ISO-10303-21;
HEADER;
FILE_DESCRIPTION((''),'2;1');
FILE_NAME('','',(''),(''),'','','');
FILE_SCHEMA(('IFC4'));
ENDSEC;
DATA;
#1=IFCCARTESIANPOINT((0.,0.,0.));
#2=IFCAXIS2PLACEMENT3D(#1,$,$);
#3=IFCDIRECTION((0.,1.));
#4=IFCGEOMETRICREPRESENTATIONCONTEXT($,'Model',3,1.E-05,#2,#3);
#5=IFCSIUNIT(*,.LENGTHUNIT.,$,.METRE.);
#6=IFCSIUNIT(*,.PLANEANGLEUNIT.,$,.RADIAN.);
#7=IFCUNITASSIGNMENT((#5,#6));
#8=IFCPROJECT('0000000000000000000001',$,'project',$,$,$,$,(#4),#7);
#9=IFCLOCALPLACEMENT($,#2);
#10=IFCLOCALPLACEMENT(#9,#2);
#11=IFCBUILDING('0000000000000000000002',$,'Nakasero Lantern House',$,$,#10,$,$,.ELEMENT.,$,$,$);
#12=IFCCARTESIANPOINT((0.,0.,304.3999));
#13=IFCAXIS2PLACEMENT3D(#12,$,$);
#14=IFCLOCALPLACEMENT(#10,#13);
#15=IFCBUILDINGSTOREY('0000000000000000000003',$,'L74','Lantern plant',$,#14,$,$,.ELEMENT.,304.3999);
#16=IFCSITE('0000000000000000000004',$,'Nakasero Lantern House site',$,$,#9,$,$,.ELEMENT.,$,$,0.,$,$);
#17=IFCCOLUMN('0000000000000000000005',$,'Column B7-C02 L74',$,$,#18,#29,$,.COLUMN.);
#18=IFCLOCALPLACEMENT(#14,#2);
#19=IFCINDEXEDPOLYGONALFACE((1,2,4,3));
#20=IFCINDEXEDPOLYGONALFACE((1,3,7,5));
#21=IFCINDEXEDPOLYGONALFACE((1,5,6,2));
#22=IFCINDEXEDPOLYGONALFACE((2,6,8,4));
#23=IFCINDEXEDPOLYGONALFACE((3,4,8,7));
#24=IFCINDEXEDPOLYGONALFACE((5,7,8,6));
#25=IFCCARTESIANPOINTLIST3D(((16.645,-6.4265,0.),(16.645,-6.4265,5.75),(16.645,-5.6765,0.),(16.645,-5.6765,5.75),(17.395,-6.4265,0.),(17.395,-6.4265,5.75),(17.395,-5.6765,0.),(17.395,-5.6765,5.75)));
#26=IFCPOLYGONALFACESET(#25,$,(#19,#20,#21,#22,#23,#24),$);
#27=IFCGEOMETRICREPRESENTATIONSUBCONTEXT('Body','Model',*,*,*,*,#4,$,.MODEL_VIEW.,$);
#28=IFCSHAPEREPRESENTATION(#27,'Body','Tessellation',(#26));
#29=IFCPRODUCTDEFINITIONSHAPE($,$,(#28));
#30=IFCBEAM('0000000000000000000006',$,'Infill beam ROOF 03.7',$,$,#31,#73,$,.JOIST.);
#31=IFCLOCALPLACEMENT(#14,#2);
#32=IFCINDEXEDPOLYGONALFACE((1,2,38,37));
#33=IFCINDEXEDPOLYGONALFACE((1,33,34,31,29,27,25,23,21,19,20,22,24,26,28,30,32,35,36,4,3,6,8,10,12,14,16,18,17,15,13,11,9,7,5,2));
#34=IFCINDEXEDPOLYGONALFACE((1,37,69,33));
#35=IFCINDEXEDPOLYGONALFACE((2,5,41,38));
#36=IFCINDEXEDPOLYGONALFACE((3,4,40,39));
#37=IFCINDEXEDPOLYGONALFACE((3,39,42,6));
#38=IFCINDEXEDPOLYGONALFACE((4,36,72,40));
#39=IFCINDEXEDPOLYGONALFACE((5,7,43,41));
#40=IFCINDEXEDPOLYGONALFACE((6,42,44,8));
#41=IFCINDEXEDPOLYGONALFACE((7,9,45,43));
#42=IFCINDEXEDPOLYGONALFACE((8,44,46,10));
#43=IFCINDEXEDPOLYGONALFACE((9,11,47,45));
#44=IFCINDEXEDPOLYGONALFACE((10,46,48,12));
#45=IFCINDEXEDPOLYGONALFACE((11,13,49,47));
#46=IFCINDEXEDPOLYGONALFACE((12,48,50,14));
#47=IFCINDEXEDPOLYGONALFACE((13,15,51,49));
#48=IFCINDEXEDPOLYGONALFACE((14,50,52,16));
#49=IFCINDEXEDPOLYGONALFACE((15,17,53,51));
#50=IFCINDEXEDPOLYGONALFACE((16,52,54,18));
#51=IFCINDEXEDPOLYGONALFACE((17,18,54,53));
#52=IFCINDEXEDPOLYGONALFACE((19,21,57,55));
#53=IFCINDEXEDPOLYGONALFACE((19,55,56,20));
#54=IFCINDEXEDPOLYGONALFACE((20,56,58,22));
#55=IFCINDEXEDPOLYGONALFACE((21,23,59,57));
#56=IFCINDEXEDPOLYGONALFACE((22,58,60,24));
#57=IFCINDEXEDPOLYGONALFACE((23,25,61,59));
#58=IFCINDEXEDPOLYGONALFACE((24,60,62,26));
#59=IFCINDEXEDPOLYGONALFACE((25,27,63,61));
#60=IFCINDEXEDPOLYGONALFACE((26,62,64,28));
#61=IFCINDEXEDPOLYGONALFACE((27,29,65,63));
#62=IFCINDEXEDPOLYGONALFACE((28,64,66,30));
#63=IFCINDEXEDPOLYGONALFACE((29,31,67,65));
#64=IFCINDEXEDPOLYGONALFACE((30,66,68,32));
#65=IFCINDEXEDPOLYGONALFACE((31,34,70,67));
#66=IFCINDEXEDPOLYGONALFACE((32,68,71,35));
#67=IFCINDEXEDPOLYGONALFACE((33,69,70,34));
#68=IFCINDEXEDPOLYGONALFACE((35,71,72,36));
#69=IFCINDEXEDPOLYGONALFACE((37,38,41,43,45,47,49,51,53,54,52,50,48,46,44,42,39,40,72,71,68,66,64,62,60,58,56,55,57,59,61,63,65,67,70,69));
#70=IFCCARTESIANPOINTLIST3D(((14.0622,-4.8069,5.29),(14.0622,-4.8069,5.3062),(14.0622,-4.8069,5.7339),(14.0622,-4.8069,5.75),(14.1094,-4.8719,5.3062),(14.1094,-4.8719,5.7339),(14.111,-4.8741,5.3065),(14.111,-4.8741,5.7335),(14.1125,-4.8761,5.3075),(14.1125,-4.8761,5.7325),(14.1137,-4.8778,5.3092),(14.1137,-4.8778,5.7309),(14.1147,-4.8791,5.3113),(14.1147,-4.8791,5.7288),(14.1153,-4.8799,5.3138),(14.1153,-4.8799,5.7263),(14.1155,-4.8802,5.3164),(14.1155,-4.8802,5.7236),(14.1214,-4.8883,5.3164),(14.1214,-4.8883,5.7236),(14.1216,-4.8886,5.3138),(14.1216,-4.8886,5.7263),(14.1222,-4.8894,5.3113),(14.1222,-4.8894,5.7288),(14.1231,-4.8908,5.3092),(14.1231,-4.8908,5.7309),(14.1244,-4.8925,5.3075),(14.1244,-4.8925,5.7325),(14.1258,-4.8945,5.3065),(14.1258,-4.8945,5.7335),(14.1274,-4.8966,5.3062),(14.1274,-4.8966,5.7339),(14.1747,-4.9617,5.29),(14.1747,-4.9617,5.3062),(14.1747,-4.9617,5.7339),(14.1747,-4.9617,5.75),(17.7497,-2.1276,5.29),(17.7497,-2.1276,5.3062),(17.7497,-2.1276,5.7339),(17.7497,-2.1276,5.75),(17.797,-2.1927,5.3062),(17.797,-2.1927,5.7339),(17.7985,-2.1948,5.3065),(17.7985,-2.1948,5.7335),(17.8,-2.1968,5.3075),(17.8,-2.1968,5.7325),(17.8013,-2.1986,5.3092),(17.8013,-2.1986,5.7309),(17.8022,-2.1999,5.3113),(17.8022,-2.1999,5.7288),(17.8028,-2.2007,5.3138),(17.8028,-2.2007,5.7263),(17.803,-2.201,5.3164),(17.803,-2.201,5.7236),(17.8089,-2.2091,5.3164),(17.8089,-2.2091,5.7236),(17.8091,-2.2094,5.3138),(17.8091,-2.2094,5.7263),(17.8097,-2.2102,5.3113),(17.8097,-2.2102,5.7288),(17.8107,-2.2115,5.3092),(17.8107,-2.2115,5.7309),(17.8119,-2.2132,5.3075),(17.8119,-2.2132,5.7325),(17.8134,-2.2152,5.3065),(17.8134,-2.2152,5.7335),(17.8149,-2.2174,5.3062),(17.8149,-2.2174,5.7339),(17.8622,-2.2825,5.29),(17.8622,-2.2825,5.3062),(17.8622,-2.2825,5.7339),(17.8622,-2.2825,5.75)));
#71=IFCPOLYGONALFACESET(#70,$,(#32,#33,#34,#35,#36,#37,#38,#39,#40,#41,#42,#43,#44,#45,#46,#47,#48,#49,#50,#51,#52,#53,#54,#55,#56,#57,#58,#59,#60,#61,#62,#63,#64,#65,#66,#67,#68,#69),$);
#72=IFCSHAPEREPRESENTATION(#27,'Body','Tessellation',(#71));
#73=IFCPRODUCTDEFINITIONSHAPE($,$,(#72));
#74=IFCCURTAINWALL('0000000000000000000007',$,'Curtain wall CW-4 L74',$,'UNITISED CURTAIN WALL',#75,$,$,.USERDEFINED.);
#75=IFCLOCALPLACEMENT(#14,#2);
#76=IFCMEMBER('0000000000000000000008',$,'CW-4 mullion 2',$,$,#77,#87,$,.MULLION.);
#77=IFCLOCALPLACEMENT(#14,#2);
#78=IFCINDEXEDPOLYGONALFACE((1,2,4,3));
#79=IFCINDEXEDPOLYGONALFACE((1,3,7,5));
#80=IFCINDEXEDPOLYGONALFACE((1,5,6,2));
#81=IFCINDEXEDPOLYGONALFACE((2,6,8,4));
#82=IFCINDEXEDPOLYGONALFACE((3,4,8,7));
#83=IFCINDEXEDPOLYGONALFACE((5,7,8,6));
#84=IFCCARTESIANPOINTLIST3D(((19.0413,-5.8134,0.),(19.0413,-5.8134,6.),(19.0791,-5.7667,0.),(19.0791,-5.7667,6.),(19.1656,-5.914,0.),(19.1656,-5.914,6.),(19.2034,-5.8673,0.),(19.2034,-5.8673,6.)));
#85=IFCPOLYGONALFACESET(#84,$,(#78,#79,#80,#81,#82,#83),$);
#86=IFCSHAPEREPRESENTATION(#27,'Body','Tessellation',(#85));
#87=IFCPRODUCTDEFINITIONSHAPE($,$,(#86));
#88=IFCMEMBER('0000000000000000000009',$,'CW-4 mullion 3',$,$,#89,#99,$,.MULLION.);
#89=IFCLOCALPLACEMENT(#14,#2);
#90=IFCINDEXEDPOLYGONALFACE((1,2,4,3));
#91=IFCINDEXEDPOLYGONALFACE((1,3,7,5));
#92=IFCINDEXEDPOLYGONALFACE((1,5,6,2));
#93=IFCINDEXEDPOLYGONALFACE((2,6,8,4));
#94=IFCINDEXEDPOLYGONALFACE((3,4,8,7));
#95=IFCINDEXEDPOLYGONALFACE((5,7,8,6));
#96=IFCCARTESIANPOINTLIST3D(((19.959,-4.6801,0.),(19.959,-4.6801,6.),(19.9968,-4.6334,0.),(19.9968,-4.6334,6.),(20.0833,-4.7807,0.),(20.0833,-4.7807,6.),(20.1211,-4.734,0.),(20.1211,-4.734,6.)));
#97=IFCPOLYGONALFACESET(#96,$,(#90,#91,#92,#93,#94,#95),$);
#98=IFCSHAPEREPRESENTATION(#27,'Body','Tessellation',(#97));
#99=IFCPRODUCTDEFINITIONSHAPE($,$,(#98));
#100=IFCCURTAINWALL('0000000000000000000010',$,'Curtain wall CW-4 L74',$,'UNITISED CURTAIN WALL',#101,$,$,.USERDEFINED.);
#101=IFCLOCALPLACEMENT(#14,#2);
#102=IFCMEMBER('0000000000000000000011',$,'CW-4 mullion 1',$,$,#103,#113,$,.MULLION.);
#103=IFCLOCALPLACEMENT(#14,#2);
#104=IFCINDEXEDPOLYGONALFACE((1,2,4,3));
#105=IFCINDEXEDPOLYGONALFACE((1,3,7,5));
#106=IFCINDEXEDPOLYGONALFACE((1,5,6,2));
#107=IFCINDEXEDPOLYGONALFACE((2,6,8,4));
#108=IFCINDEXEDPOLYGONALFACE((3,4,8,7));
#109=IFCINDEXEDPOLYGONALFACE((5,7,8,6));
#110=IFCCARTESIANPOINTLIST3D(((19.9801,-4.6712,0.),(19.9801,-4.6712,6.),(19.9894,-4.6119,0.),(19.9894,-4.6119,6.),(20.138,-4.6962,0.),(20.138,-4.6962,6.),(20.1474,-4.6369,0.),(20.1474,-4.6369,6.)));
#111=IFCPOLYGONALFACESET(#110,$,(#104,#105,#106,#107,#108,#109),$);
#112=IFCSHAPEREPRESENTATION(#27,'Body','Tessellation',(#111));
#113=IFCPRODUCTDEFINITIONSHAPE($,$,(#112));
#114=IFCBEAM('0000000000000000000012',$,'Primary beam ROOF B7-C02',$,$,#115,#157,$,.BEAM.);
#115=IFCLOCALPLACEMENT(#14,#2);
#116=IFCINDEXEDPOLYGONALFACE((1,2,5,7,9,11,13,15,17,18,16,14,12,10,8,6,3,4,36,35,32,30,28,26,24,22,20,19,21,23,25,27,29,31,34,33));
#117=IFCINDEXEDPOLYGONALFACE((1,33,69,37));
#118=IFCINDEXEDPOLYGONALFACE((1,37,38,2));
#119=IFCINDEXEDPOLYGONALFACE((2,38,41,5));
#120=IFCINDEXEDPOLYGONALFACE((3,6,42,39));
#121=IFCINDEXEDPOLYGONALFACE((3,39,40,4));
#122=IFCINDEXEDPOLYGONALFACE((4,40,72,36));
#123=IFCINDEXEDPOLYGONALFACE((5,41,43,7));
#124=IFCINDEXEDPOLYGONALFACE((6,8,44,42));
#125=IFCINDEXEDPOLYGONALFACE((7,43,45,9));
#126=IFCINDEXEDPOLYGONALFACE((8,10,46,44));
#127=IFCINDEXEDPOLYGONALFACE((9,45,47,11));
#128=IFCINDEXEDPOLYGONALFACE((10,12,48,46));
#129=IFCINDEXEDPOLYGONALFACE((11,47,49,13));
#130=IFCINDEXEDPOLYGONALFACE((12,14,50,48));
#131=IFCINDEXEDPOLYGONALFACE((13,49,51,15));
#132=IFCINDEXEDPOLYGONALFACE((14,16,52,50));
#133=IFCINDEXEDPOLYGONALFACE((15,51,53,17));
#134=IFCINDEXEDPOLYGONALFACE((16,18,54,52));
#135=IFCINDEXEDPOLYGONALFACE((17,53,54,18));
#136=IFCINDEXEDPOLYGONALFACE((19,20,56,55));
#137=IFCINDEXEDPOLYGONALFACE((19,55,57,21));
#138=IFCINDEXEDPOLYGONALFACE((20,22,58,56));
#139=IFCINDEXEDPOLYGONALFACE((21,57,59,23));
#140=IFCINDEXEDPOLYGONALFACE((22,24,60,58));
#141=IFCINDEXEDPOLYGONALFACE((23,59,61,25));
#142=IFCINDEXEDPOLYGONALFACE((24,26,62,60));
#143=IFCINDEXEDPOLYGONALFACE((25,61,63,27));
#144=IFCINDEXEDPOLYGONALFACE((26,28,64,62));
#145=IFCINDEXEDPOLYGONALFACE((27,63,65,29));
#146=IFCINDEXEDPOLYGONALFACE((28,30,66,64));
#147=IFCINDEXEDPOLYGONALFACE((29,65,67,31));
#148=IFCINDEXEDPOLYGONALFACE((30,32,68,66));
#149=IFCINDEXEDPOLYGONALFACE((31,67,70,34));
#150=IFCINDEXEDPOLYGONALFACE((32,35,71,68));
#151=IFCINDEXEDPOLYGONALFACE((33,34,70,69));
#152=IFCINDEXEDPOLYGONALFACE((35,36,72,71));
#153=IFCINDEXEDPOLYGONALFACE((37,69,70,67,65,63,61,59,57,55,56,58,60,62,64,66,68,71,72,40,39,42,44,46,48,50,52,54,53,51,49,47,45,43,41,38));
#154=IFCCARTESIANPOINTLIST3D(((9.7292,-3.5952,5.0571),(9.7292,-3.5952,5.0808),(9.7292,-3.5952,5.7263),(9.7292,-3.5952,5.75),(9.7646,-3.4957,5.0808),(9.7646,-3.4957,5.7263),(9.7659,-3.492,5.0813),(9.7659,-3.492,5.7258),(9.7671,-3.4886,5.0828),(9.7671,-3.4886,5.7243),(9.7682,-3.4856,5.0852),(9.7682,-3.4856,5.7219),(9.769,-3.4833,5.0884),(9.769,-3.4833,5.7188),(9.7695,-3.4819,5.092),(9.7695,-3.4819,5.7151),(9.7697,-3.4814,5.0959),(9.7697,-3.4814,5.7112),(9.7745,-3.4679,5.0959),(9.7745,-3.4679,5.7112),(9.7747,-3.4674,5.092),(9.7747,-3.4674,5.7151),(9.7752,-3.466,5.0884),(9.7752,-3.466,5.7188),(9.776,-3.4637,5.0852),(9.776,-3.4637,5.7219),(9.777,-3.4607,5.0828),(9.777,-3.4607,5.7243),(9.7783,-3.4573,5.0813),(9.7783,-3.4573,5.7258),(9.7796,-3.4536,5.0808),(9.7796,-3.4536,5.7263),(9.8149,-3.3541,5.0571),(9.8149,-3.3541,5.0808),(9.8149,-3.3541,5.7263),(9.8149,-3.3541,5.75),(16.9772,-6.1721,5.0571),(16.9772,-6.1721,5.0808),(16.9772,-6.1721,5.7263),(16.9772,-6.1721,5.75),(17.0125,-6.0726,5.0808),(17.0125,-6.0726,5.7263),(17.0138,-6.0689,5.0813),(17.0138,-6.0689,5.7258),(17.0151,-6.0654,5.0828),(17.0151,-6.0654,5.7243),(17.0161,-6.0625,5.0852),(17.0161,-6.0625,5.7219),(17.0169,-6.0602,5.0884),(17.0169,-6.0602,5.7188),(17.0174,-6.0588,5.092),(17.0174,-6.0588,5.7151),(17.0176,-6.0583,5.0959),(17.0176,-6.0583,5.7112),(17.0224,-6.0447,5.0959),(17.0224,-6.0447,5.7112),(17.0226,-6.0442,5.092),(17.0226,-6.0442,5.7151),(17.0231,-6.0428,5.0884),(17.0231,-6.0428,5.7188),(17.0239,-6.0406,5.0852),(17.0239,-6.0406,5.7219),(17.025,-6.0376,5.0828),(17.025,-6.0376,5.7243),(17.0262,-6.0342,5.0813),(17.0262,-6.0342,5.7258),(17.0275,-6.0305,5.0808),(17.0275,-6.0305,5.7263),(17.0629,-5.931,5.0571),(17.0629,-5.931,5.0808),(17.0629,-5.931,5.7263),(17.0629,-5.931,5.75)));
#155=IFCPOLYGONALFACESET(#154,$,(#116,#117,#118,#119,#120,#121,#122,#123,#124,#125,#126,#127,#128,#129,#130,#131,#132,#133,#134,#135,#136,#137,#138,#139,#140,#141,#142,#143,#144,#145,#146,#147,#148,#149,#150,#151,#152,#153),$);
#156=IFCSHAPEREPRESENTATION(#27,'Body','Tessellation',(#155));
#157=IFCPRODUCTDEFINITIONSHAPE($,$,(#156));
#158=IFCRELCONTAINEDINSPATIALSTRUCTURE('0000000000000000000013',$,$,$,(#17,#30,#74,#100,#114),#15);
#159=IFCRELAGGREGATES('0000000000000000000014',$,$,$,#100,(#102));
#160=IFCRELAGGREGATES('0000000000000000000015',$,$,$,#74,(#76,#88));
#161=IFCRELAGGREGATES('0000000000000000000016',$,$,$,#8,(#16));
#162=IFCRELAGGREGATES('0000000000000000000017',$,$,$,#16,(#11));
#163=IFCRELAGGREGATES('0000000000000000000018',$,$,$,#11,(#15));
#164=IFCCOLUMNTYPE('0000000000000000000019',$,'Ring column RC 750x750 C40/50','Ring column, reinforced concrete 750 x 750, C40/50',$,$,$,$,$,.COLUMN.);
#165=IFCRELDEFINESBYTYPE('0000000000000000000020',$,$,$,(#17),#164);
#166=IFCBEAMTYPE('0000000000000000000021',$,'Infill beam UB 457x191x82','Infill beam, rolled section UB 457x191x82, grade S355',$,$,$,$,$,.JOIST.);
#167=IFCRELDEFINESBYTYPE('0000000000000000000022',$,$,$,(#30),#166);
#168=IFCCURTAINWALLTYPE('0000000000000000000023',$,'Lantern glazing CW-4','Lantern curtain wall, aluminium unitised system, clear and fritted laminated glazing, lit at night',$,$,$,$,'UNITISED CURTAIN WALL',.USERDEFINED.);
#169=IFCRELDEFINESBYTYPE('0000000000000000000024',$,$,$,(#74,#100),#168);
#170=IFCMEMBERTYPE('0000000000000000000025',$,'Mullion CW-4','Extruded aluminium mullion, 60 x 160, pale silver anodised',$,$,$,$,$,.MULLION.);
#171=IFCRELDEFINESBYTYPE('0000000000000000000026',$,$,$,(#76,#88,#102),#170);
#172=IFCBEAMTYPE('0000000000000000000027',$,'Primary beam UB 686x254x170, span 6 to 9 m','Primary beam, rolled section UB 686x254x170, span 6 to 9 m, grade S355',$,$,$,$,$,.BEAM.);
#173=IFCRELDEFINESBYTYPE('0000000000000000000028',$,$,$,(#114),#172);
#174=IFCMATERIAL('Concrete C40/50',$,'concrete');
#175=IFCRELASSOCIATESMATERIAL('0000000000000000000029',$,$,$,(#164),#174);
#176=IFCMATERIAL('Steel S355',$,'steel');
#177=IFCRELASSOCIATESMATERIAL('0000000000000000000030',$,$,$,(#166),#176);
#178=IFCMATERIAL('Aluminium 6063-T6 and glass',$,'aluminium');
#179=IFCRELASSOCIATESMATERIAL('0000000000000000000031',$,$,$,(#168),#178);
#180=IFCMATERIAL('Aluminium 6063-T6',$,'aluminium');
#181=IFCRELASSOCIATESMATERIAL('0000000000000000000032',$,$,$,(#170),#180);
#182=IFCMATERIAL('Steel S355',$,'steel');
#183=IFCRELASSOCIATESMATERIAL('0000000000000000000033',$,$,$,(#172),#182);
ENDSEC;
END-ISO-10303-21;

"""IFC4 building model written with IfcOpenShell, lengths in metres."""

from ifc_helpers import new_model, si_unit, direction, frame, origin, origin_2d, place, context, subcontext, project, spatial, rectangle, i_section, extrude, material, material_profile, profile_set, type_object, element, aggregate, save


model = new_model("IFC4")

# Units and contexts
model_context = context("Model", 3, precision=1e-05, world=origin(), true_north=direction((0.0, 1.0)))
body_context = subcontext(model_context, "Body", "Model", "MODEL_VIEW")
ifc_project = project(units=[si_unit("LENGTHUNIT", "METRE"), si_unit("PLANEANGLEUNIT", "RADIAN")], contexts=[model_context])

# Site, building, storey
site_placement = place(None, origin())
site = spatial("IfcSite", under=ifc_project, at=site_placement, Name="Nakasero Lantern House site", CompositionType="ELEMENT", RefElevation=0.0)
building_placement = place(site_placement, origin())
building = spatial("IfcBuilding", under=site, at=building_placement, Name="Nakasero Lantern House", CompositionType="ELEMENT")
storey_placement = place(building_placement, frame((0.0, 0.0, 304.3999)))
storey = spatial("IfcBuildingStorey", under=building, at=storey_placement, Name="L74", Description="Lantern plant", CompositionType="ELEMENT", Elevation=304.3999)

# Column
ifc_material_1 = material(Name="Concrete C40/50", Category="concrete")
ifc_material_profile_1 = material_profile(ifc_material_1, rectangle(XDim=0.75, YDim=0.75, at=origin_2d()), Name="RC 750x750")
ifc_profile_set_1 = profile_set([ifc_material_profile_1], Name="Concrete C40/50")
column_type = type_object("IfcColumnType", Name="Ring column RC 750x750 C40/50", Description="Ring column, reinforced concrete 750 x 750, C40/50", PredefinedType="COLUMN", material=ifc_profile_set_1)
column_placement = place(storey_placement, frame((17.02, -6.0515, 0.0), z_axis=(0.0, 0.0, 1.0), x_axis=(1.0, 0.0, 0.0)))
element("IfcColumn", 1, at=column_placement, inside=storey, type_object=column_type, Name="Column B7-C02 L74", PredefinedType="COLUMN", context=body_context, shape_type="SweptSolid", body=[
    extrude(rectangle(XDim=0.75, YDim=0.75, at=origin_2d()), origin(), (0.0, 0.0, 1.0), 5.75),
])

# Beam
ifc_material_2 = material(Name="Steel S355", Category="steel")
ifc_material_profile_2 = material_profile(ifc_material_2, i_section(OverallWidth=0.1914, OverallDepth=0.46, WebThickness=0.01, FlangeThickness=0.0161, FilletRadius=0.0103, at=origin_2d()), Name="UB 457x191x82")
ifc_profile_set_2 = profile_set([ifc_material_profile_2], Name="Steel S355")
beam_type_1 = type_object("IfcBeamType", Name="Infill beam UB 457x191x82", Description="Infill beam, rolled section UB 457x191x82, grade S355", PredefinedType="JOIST", material=ifc_profile_set_2)
beam_1_placement = place(storey_placement, frame((14.1184, -4.8843, 5.52), z_axis=(0.809009, 0.587796, 0.0), x_axis=(-0.587796, 0.809009, 0.0)))
element("IfcBeam", 2, at=beam_1_placement, inside=storey, type_object=beam_type_1, Name="Infill beam ROOF 03.7", PredefinedType="JOIST", context=body_context, shape_type="SweptSolid", body=[
    extrude(i_section(OverallWidth=0.1914, OverallDepth=0.46, WebThickness=0.01, FlangeThickness=0.0161, FilletRadius=0.0103, at=origin_2d()), origin(), (0.0, 0.0, 1.0), 4.5581),
])

# Curtain wall, members
ifc_material_3 = material(Name="Aluminium 6063-T6 and glass", Category="aluminium")
curtain_wall_type = type_object("IfcCurtainWallType", Name="Lantern glazing CW-4", Description="Lantern curtain wall, aluminium unitised system, clear and fritted laminated glazing, lit at night", ElementType="UNITISED CURTAIN WALL", PredefinedType="USERDEFINED", material=ifc_material_3)
curtain_wall_1_placement = place(storey_placement, origin())
curtain_wall_1 = element("IfcCurtainWall", 3, at=curtain_wall_1_placement, inside=storey, type_object=curtain_wall_type, Name="Curtain wall CW-4 L74", ObjectType="UNITISED CURTAIN WALL", PredefinedType="USERDEFINED")
ifc_material_4 = material(Name="Aluminium 6063-T6", Category="aluminium")
ifc_material_profile_3 = material_profile(ifc_material_4, rectangle(XDim=0.0601, YDim=0.1599, at=origin_2d()), Name="CW-4 mullion 60x160")
ifc_profile_set_3 = profile_set([ifc_material_profile_3], Name="Aluminium 6063-T6")
member_type_1 = type_object("IfcMemberType", Name="Mullion CW-4", Description="Extruded aluminium mullion, 60 x 160, pale silver anodised", PredefinedType="MULLION", material=ifc_profile_set_3)
member_1_placement = place(storey_placement, frame((19.1223, -5.8403, 0.0), z_axis=(0.0, 0.0, 1.0), x_axis=(0.62932, 0.777146, 0.0)))
member_1 = element("IfcMember", 4, at=member_1_placement, type_object=member_type_1, Name="CW-4 mullion 2", PredefinedType="MULLION", context=body_context, shape_type="SweptSolid", body=[
    extrude(rectangle(XDim=0.0601, YDim=0.1599, at=origin_2d()), origin(), (0.0, 0.0, 1.0), 6.0),
])
member_2_placement = place(storey_placement, frame((20.04, -4.707, 0.0), z_axis=(0.0, 0.0, 1.0), x_axis=(0.62932, 0.777146, 0.0)))
member_2 = element("IfcMember", 5, at=member_2_placement, type_object=member_type_1, Name="CW-4 mullion 3", PredefinedType="MULLION", context=body_context, shape_type="SweptSolid", body=[
    extrude(rectangle(XDim=0.0601, YDim=0.1599, at=origin_2d()), origin(), (0.0, 0.0, 1.0), 6.0),
])

# Curtain wall, member
curtain_wall_2_placement = place(storey_placement, origin())
curtain_wall_2 = element("IfcCurtainWall", 6, at=curtain_wall_2_placement, inside=storey, type_object=curtain_wall_type, Name="Curtain wall CW-4 L74", ObjectType="UNITISED CURTAIN WALL", PredefinedType="USERDEFINED")
member_3_placement = place(storey_placement, frame((20.0637, -4.6541, 0.0), z_axis=(0.0, 0.0, 1.0), x_axis=(0.156434, 0.987688, 0.0)))
member_3 = element("IfcMember", 7, at=member_3_placement, type_object=member_type_1, Name="CW-4 mullion 1", PredefinedType="MULLION", context=body_context, shape_type="SweptSolid", body=[
    extrude(rectangle(XDim=0.0601, YDim=0.1599, at=origin_2d()), origin(), (0.0, 0.0, 1.0), 6.0),
])

# Beam
ifc_material_5 = material(Name="Steel S355", Category="steel")
ifc_material_profile_4 = material_profile(ifc_material_5, i_section(OverallWidth=0.2559, OverallDepth=0.6929, WebThickness=0.0144, FlangeThickness=0.0237, FilletRadius=0.0151, at=origin_2d()), Name="UB 686x254x170")
ifc_profile_set_4 = profile_set([ifc_material_profile_4], Name="Steel S355")
beam_type_2 = type_object("IfcBeamType", Name="Primary beam UB 686x254x170, span 6 to 9 m", Description="Primary beam, rolled section UB 686x254x170, span 6 to 9 m, grade S355", PredefinedType="BEAM", material=ifc_profile_set_4)
beam_2_placement = place(storey_placement, frame((17.02, -6.0515, 5.4036), z_axis=(-0.942222, 0.334989, 0.0), x_axis=(-0.334989, -0.942222, 0.0)))
element("IfcBeam", 8, at=beam_2_placement, inside=storey, type_object=beam_type_2, Name="Primary beam ROOF B7-C02", PredefinedType="BEAM", context=body_context, shape_type="SweptSolid", body=[
    extrude(i_section(OverallWidth=0.2559, OverallDepth=0.6929, WebThickness=0.0144, FlangeThickness=0.0237, FilletRadius=0.0151, at=origin_2d()), origin(), (0.0, 0.0, 1.0), 7.6924),
])

aggregate(curtain_wall_2, [member_3])

aggregate(curtain_wall_1, [member_1, member_2])

save(model, "model.ifc")
